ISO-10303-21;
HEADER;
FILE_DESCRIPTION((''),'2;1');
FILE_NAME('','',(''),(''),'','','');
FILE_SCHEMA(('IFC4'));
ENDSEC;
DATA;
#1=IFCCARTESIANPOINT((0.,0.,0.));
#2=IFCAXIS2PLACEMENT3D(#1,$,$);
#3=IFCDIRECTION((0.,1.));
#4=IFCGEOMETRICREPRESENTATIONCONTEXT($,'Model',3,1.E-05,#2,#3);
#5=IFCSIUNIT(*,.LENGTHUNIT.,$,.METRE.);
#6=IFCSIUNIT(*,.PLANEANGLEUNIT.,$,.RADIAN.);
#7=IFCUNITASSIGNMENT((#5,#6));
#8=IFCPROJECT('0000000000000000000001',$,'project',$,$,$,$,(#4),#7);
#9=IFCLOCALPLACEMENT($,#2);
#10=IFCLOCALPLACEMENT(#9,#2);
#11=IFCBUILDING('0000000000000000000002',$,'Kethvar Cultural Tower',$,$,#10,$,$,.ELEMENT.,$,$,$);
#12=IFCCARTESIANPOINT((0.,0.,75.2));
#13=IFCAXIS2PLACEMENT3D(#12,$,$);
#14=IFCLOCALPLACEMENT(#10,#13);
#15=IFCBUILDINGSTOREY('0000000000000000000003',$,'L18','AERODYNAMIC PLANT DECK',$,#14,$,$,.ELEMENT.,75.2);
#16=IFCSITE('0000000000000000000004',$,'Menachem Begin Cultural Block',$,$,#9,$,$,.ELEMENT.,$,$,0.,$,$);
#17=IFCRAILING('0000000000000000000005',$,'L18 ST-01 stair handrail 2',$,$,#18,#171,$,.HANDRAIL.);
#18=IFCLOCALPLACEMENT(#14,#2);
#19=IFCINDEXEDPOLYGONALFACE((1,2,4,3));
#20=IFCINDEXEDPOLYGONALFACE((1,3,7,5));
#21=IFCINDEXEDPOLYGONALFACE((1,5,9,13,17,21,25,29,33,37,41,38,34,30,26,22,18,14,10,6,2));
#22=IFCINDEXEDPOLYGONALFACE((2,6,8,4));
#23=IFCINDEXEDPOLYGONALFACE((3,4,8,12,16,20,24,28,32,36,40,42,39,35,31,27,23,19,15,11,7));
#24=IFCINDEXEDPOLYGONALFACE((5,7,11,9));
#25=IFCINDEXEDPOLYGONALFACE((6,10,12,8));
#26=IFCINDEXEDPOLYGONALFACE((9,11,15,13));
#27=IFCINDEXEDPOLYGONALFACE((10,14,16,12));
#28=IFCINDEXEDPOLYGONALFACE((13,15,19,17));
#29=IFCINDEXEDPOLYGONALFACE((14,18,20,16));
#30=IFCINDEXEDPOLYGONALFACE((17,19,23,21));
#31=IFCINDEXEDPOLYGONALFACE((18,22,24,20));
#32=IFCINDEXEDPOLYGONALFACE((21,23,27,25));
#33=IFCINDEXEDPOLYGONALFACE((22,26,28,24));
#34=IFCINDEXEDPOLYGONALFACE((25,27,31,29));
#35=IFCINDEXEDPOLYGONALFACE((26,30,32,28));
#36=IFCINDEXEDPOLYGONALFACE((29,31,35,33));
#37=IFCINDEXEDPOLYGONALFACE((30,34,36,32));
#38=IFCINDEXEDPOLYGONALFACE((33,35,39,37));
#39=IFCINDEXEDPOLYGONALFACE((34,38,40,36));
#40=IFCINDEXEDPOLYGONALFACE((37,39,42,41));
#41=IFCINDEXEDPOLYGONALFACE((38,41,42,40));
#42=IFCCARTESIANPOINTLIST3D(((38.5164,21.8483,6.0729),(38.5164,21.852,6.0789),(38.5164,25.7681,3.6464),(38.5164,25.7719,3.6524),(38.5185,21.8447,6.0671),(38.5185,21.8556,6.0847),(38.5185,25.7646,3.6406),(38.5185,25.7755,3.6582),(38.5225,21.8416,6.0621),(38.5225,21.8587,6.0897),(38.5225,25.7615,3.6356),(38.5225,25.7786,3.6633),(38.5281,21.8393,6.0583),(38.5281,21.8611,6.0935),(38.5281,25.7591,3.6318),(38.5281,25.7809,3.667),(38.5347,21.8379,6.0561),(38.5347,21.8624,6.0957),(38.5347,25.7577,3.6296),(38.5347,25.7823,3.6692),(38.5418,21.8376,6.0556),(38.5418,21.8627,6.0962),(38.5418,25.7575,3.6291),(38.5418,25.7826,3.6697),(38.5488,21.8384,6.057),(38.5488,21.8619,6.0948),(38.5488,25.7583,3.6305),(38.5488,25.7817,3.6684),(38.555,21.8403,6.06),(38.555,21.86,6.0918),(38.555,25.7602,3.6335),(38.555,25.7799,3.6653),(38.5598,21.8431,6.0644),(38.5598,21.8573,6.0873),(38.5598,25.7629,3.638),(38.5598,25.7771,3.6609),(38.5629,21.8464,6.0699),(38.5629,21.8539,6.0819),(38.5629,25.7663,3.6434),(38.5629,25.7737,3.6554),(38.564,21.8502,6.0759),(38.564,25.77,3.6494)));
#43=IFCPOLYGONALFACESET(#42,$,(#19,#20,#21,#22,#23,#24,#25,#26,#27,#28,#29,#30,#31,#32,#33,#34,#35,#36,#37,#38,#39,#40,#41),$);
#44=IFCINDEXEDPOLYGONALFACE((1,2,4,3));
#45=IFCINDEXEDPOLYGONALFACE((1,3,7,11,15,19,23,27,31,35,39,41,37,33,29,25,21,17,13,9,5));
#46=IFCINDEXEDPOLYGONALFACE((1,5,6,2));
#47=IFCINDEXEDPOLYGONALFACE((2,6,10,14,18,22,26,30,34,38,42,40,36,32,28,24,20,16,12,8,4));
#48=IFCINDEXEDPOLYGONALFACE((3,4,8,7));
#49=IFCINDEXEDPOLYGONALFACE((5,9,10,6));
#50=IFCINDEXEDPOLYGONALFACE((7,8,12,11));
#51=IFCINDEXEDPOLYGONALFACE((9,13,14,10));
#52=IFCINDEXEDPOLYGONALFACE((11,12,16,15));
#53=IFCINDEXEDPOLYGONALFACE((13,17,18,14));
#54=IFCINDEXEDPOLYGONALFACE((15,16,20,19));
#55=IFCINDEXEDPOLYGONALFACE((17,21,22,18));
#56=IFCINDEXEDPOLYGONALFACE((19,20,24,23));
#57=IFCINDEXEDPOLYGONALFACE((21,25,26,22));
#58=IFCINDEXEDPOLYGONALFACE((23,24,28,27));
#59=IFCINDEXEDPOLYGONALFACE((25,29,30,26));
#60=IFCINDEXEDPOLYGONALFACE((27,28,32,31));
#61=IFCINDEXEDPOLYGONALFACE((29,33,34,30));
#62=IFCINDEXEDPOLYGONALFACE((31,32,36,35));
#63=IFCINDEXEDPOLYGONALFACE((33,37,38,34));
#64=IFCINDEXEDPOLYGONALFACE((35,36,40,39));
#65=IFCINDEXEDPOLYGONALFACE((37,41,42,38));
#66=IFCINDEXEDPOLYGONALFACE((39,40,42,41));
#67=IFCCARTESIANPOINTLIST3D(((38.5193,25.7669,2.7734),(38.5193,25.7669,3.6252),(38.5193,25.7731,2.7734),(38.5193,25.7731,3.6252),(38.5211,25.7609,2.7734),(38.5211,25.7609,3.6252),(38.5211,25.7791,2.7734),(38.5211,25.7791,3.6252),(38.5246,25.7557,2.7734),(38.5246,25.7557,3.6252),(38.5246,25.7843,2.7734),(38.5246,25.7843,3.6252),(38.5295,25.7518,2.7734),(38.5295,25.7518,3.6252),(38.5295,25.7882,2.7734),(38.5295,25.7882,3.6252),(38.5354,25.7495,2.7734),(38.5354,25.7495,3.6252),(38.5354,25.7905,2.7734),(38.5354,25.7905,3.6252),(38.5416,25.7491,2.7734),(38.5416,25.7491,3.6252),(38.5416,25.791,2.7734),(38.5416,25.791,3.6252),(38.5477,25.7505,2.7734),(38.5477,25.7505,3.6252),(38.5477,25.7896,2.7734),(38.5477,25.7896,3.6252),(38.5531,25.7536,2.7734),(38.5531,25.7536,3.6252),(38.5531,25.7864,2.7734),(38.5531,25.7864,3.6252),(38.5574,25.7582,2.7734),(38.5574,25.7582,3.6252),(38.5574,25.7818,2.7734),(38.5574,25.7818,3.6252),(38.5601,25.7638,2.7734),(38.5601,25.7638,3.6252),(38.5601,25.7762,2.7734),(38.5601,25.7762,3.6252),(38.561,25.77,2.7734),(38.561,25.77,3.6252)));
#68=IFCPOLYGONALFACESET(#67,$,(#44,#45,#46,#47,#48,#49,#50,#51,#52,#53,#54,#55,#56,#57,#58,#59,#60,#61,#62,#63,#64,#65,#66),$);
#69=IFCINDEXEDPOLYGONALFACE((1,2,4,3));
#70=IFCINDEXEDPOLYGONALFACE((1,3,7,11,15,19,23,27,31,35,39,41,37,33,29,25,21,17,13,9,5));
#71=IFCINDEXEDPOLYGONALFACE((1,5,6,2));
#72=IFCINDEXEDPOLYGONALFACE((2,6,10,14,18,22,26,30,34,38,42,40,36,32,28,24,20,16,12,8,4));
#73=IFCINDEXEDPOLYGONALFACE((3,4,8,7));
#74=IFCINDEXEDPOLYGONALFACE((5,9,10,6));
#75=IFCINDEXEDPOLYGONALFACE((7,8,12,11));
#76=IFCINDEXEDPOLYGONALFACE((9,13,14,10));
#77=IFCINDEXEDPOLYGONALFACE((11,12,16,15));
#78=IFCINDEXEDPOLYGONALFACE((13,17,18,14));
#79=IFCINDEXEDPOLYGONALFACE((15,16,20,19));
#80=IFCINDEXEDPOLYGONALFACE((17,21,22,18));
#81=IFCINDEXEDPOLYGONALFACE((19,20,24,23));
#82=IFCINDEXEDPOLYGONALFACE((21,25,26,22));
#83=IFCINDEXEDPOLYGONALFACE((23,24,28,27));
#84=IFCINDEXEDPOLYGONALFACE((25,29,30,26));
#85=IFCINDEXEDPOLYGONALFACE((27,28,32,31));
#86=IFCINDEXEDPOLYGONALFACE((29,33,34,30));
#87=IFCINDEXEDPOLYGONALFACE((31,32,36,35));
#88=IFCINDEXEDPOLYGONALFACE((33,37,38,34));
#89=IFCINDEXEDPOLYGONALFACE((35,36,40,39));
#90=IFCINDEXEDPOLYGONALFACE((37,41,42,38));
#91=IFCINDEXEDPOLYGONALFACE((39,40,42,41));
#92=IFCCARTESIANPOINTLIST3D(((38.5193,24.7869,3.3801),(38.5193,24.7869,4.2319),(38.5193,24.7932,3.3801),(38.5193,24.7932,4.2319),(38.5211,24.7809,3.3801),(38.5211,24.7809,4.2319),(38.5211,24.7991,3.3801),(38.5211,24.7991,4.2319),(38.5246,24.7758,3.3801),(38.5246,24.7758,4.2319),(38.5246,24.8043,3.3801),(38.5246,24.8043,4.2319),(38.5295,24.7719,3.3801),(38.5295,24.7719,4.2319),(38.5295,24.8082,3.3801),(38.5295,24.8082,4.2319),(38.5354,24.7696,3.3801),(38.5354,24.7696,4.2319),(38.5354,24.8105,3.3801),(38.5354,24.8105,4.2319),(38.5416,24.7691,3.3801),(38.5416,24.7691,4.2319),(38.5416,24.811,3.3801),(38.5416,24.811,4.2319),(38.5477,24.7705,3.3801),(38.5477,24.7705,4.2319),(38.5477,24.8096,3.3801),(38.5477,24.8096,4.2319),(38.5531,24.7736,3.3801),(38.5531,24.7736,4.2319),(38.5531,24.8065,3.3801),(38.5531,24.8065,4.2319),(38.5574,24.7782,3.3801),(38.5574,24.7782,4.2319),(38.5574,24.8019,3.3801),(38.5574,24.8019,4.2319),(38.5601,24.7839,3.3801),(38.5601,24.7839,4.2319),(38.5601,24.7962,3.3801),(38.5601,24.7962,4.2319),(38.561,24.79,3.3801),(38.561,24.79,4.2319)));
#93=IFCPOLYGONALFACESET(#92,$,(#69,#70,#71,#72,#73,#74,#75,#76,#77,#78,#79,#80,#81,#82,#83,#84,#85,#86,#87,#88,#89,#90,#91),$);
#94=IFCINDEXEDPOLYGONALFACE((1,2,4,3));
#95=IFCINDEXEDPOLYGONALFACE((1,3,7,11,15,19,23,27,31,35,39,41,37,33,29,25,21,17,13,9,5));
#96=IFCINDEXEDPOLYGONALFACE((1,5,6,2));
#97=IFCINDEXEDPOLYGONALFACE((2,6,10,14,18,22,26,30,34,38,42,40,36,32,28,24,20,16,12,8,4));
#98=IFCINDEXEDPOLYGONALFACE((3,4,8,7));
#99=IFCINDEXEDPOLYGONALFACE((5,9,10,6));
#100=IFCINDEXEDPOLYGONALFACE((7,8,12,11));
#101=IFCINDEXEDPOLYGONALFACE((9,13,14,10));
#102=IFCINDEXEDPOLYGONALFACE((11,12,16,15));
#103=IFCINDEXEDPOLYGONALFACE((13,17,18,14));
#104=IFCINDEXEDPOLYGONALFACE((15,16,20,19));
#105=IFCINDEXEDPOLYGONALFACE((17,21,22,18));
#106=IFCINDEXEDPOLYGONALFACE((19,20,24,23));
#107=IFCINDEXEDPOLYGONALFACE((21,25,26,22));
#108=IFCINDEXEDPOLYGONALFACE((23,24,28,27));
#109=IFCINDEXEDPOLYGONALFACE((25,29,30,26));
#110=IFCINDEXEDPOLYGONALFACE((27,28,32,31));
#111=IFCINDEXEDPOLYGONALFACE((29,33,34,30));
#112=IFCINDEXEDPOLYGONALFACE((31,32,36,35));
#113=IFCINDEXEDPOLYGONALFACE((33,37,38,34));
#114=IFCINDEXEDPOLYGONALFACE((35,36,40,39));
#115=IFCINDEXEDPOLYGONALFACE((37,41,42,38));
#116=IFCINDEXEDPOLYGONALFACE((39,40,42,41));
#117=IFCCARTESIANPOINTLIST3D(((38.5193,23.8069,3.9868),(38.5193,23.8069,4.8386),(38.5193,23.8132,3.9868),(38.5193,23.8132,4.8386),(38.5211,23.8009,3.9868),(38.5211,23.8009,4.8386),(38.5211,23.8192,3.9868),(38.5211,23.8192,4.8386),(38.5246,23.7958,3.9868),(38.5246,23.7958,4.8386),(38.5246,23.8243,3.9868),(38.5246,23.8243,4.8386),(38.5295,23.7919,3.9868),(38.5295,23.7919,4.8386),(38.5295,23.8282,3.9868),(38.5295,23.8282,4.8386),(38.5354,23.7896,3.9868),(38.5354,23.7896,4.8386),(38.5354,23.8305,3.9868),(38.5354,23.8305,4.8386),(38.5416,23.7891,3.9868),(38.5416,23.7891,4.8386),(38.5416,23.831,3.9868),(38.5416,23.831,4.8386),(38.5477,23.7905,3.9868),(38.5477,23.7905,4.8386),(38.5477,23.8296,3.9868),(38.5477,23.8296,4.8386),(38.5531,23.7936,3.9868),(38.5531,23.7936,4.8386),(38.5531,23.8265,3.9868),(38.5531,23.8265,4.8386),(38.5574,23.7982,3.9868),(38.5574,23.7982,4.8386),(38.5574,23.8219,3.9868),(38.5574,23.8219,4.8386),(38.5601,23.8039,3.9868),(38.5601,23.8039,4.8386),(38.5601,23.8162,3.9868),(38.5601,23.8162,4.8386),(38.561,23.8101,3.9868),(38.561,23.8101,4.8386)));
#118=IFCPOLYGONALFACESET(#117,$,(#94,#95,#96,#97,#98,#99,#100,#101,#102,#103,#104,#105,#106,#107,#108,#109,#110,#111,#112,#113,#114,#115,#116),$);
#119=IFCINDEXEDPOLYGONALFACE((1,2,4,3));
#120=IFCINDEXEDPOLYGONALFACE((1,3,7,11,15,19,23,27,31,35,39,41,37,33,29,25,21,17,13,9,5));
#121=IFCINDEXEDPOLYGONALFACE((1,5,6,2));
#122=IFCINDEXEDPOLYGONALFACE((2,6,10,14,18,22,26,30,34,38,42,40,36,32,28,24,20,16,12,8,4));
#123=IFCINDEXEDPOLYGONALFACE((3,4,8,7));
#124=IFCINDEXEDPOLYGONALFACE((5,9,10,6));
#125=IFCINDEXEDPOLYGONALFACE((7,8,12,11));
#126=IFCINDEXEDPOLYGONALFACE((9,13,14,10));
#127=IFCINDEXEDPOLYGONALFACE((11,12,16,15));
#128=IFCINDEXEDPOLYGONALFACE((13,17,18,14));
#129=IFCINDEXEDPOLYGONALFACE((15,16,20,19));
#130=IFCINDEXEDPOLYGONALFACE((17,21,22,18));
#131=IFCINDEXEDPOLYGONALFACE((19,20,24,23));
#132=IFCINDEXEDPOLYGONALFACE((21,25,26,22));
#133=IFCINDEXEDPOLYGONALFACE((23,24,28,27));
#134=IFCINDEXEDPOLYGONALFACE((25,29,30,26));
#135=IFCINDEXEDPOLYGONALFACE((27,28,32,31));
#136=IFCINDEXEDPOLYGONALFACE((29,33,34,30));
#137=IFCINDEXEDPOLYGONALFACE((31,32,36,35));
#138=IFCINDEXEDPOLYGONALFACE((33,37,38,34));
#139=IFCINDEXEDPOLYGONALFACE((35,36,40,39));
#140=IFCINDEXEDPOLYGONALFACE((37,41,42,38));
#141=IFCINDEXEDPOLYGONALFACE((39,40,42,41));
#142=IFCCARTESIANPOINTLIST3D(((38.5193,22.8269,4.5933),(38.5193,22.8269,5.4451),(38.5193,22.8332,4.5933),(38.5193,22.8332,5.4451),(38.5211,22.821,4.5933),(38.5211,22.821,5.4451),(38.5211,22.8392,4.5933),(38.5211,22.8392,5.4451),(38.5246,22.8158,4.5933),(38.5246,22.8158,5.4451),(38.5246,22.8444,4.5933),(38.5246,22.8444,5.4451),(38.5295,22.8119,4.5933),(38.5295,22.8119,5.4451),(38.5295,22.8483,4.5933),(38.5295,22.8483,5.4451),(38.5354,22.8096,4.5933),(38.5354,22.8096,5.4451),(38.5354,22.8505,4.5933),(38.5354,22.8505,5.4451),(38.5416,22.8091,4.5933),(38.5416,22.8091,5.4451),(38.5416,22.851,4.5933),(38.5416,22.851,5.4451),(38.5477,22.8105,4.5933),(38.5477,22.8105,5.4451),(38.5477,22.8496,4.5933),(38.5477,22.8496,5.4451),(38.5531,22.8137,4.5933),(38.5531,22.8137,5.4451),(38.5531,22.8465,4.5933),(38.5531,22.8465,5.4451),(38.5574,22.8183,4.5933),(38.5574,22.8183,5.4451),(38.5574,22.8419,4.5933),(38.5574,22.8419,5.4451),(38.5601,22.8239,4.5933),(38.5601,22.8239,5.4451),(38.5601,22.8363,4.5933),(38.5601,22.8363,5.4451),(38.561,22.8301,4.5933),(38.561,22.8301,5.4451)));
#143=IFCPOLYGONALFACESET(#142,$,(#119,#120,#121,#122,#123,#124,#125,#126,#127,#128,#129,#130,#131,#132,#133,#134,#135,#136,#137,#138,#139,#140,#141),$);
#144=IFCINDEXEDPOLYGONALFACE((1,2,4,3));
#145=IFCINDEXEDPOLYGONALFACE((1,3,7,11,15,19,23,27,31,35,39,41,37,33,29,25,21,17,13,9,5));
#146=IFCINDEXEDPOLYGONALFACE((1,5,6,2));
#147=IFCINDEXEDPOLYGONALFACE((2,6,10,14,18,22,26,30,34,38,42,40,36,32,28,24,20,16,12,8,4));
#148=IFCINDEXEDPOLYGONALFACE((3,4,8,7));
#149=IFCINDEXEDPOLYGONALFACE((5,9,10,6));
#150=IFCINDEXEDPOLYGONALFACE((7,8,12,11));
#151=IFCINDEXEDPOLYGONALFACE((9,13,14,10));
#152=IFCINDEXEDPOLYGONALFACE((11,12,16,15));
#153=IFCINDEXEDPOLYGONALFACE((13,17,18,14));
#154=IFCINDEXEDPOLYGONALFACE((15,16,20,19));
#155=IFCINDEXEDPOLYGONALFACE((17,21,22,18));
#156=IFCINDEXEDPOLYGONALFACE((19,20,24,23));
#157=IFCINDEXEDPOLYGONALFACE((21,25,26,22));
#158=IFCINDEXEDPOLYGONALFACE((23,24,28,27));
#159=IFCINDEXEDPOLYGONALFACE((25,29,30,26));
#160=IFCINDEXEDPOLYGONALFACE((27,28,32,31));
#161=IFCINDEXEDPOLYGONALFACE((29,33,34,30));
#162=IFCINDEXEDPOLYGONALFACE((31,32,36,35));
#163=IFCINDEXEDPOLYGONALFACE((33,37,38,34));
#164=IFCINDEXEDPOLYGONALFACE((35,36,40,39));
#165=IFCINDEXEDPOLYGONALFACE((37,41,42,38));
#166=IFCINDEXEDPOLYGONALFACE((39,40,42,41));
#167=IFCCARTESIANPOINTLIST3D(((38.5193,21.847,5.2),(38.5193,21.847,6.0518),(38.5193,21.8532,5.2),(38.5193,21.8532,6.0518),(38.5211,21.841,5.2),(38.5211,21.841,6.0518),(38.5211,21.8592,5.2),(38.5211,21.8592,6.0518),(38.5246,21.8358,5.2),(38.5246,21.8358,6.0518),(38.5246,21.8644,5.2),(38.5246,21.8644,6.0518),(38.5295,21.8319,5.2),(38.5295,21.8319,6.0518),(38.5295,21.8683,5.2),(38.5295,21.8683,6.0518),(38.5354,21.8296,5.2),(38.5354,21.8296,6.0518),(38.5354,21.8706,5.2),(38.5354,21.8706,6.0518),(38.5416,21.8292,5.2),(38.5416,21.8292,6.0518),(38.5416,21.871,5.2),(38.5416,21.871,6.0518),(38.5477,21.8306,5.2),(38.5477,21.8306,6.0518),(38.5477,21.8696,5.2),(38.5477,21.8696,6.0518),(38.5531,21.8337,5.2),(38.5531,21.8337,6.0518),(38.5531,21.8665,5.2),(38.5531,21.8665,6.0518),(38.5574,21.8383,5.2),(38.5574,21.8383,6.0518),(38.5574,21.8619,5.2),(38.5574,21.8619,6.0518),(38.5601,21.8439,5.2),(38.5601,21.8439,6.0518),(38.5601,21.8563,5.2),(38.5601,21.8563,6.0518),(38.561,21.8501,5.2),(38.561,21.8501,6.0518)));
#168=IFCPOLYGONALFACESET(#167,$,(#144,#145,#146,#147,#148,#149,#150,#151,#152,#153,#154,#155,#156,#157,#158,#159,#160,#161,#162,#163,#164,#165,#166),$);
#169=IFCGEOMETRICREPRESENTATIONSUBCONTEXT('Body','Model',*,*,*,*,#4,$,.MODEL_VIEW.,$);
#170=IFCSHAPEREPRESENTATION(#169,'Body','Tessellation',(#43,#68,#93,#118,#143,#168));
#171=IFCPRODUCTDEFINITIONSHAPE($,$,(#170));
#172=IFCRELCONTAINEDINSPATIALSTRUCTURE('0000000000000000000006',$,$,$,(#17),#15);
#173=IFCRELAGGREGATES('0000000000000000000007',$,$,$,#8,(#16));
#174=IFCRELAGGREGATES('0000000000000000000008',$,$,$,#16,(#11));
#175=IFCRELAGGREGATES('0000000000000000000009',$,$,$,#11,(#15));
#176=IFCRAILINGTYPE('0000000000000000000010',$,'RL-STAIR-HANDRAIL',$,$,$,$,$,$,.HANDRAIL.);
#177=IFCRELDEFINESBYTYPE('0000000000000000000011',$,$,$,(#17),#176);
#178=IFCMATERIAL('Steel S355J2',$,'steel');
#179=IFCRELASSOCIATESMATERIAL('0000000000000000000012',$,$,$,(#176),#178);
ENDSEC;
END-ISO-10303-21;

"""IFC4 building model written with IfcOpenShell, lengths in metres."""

from ifc_helpers import new_model, si_unit, direction, frame, origin, origin_2d, place, context, subcontext, project, spatial, circle, extrude, material, type_object, element, save


model = new_model("IFC4")

# Units and contexts
model_context = context("Model", 3, precision=1e-05, world=origin(), true_north=direction((0.0, 1.0)))
body_context = subcontext(model_context, "Body", "Model", "MODEL_VIEW")
ifc_project = project(units=[si_unit("LENGTHUNIT", "METRE"), si_unit("PLANEANGLEUNIT", "RADIAN")], contexts=[model_context])

# Site, building, storey
site_placement = place(None, origin())
site = spatial("IfcSite", under=ifc_project, at=site_placement, Name="Menachem Begin Cultural Block", CompositionType="ELEMENT", RefElevation=0.0)
building_placement = place(site_placement, origin())
building = spatial("IfcBuilding", under=site, at=building_placement, Name="Kethvar Cultural Tower", CompositionType="ELEMENT")
storey_placement = place(building_placement, frame((0.0, 0.0, 75.2)))
storey = spatial("IfcBuildingStorey", under=building, at=storey_placement, Name="L18", Description="AERODYNAMIC PLANT DECK", CompositionType="ELEMENT", Elevation=75.2)

# Shared definitions
ifc_material_1 = material(Name="Steel S355J2", Category="steel")

# Railing
railing_type_1 = type_object("IfcRailingType", Name="RL-STAIR-HANDRAIL", PredefinedType="HANDRAIL", material=ifc_material_1)
railing_1_placement = place(storey_placement, frame((38.54, 25.77, 2.7734)))
element("IfcRailing", 1, at=railing_1_placement, inside=storey, type_object=railing_type_1, Name="L18 ST-01 stair handrail 2", PredefinedType="HANDRAIL", context=body_context, shape_type="SweptSolid", body=[
    extrude(circle(Radius=0.0239, at=origin_2d()), frame((0.0, 0.0, 0.876), z_axis=(0.0, -0.850275, 0.526338), x_axis=(1.0, 0.0, 0.0)), (0.0, 0.0, 1.0), 4.6101),
    extrude(circle(Radius=0.021, at=origin_2d()), origin(), (0.0, 0.0, 1.0), 0.8518),
    extrude(circle(Radius=0.021, at=origin_2d()), frame((0.0, -0.98, 0.6067)), (0.0, 0.0, 1.0), 0.8518),
    extrude(circle(Radius=0.021, at=origin_2d()), frame((0.0, -1.96, 1.2134)), (0.0, 0.0, 1.0), 0.8518),
    extrude(circle(Radius=0.021, at=origin_2d()), frame((0.0, -2.9399, 1.8198)), (0.0, 0.0, 1.0), 0.8518),
    extrude(circle(Radius=0.021, at=origin_2d()), frame((0.0, -3.9199, 2.4265)), (0.0, 0.0, 1.0), 0.8518),
])

save(model, "model.ifc")
